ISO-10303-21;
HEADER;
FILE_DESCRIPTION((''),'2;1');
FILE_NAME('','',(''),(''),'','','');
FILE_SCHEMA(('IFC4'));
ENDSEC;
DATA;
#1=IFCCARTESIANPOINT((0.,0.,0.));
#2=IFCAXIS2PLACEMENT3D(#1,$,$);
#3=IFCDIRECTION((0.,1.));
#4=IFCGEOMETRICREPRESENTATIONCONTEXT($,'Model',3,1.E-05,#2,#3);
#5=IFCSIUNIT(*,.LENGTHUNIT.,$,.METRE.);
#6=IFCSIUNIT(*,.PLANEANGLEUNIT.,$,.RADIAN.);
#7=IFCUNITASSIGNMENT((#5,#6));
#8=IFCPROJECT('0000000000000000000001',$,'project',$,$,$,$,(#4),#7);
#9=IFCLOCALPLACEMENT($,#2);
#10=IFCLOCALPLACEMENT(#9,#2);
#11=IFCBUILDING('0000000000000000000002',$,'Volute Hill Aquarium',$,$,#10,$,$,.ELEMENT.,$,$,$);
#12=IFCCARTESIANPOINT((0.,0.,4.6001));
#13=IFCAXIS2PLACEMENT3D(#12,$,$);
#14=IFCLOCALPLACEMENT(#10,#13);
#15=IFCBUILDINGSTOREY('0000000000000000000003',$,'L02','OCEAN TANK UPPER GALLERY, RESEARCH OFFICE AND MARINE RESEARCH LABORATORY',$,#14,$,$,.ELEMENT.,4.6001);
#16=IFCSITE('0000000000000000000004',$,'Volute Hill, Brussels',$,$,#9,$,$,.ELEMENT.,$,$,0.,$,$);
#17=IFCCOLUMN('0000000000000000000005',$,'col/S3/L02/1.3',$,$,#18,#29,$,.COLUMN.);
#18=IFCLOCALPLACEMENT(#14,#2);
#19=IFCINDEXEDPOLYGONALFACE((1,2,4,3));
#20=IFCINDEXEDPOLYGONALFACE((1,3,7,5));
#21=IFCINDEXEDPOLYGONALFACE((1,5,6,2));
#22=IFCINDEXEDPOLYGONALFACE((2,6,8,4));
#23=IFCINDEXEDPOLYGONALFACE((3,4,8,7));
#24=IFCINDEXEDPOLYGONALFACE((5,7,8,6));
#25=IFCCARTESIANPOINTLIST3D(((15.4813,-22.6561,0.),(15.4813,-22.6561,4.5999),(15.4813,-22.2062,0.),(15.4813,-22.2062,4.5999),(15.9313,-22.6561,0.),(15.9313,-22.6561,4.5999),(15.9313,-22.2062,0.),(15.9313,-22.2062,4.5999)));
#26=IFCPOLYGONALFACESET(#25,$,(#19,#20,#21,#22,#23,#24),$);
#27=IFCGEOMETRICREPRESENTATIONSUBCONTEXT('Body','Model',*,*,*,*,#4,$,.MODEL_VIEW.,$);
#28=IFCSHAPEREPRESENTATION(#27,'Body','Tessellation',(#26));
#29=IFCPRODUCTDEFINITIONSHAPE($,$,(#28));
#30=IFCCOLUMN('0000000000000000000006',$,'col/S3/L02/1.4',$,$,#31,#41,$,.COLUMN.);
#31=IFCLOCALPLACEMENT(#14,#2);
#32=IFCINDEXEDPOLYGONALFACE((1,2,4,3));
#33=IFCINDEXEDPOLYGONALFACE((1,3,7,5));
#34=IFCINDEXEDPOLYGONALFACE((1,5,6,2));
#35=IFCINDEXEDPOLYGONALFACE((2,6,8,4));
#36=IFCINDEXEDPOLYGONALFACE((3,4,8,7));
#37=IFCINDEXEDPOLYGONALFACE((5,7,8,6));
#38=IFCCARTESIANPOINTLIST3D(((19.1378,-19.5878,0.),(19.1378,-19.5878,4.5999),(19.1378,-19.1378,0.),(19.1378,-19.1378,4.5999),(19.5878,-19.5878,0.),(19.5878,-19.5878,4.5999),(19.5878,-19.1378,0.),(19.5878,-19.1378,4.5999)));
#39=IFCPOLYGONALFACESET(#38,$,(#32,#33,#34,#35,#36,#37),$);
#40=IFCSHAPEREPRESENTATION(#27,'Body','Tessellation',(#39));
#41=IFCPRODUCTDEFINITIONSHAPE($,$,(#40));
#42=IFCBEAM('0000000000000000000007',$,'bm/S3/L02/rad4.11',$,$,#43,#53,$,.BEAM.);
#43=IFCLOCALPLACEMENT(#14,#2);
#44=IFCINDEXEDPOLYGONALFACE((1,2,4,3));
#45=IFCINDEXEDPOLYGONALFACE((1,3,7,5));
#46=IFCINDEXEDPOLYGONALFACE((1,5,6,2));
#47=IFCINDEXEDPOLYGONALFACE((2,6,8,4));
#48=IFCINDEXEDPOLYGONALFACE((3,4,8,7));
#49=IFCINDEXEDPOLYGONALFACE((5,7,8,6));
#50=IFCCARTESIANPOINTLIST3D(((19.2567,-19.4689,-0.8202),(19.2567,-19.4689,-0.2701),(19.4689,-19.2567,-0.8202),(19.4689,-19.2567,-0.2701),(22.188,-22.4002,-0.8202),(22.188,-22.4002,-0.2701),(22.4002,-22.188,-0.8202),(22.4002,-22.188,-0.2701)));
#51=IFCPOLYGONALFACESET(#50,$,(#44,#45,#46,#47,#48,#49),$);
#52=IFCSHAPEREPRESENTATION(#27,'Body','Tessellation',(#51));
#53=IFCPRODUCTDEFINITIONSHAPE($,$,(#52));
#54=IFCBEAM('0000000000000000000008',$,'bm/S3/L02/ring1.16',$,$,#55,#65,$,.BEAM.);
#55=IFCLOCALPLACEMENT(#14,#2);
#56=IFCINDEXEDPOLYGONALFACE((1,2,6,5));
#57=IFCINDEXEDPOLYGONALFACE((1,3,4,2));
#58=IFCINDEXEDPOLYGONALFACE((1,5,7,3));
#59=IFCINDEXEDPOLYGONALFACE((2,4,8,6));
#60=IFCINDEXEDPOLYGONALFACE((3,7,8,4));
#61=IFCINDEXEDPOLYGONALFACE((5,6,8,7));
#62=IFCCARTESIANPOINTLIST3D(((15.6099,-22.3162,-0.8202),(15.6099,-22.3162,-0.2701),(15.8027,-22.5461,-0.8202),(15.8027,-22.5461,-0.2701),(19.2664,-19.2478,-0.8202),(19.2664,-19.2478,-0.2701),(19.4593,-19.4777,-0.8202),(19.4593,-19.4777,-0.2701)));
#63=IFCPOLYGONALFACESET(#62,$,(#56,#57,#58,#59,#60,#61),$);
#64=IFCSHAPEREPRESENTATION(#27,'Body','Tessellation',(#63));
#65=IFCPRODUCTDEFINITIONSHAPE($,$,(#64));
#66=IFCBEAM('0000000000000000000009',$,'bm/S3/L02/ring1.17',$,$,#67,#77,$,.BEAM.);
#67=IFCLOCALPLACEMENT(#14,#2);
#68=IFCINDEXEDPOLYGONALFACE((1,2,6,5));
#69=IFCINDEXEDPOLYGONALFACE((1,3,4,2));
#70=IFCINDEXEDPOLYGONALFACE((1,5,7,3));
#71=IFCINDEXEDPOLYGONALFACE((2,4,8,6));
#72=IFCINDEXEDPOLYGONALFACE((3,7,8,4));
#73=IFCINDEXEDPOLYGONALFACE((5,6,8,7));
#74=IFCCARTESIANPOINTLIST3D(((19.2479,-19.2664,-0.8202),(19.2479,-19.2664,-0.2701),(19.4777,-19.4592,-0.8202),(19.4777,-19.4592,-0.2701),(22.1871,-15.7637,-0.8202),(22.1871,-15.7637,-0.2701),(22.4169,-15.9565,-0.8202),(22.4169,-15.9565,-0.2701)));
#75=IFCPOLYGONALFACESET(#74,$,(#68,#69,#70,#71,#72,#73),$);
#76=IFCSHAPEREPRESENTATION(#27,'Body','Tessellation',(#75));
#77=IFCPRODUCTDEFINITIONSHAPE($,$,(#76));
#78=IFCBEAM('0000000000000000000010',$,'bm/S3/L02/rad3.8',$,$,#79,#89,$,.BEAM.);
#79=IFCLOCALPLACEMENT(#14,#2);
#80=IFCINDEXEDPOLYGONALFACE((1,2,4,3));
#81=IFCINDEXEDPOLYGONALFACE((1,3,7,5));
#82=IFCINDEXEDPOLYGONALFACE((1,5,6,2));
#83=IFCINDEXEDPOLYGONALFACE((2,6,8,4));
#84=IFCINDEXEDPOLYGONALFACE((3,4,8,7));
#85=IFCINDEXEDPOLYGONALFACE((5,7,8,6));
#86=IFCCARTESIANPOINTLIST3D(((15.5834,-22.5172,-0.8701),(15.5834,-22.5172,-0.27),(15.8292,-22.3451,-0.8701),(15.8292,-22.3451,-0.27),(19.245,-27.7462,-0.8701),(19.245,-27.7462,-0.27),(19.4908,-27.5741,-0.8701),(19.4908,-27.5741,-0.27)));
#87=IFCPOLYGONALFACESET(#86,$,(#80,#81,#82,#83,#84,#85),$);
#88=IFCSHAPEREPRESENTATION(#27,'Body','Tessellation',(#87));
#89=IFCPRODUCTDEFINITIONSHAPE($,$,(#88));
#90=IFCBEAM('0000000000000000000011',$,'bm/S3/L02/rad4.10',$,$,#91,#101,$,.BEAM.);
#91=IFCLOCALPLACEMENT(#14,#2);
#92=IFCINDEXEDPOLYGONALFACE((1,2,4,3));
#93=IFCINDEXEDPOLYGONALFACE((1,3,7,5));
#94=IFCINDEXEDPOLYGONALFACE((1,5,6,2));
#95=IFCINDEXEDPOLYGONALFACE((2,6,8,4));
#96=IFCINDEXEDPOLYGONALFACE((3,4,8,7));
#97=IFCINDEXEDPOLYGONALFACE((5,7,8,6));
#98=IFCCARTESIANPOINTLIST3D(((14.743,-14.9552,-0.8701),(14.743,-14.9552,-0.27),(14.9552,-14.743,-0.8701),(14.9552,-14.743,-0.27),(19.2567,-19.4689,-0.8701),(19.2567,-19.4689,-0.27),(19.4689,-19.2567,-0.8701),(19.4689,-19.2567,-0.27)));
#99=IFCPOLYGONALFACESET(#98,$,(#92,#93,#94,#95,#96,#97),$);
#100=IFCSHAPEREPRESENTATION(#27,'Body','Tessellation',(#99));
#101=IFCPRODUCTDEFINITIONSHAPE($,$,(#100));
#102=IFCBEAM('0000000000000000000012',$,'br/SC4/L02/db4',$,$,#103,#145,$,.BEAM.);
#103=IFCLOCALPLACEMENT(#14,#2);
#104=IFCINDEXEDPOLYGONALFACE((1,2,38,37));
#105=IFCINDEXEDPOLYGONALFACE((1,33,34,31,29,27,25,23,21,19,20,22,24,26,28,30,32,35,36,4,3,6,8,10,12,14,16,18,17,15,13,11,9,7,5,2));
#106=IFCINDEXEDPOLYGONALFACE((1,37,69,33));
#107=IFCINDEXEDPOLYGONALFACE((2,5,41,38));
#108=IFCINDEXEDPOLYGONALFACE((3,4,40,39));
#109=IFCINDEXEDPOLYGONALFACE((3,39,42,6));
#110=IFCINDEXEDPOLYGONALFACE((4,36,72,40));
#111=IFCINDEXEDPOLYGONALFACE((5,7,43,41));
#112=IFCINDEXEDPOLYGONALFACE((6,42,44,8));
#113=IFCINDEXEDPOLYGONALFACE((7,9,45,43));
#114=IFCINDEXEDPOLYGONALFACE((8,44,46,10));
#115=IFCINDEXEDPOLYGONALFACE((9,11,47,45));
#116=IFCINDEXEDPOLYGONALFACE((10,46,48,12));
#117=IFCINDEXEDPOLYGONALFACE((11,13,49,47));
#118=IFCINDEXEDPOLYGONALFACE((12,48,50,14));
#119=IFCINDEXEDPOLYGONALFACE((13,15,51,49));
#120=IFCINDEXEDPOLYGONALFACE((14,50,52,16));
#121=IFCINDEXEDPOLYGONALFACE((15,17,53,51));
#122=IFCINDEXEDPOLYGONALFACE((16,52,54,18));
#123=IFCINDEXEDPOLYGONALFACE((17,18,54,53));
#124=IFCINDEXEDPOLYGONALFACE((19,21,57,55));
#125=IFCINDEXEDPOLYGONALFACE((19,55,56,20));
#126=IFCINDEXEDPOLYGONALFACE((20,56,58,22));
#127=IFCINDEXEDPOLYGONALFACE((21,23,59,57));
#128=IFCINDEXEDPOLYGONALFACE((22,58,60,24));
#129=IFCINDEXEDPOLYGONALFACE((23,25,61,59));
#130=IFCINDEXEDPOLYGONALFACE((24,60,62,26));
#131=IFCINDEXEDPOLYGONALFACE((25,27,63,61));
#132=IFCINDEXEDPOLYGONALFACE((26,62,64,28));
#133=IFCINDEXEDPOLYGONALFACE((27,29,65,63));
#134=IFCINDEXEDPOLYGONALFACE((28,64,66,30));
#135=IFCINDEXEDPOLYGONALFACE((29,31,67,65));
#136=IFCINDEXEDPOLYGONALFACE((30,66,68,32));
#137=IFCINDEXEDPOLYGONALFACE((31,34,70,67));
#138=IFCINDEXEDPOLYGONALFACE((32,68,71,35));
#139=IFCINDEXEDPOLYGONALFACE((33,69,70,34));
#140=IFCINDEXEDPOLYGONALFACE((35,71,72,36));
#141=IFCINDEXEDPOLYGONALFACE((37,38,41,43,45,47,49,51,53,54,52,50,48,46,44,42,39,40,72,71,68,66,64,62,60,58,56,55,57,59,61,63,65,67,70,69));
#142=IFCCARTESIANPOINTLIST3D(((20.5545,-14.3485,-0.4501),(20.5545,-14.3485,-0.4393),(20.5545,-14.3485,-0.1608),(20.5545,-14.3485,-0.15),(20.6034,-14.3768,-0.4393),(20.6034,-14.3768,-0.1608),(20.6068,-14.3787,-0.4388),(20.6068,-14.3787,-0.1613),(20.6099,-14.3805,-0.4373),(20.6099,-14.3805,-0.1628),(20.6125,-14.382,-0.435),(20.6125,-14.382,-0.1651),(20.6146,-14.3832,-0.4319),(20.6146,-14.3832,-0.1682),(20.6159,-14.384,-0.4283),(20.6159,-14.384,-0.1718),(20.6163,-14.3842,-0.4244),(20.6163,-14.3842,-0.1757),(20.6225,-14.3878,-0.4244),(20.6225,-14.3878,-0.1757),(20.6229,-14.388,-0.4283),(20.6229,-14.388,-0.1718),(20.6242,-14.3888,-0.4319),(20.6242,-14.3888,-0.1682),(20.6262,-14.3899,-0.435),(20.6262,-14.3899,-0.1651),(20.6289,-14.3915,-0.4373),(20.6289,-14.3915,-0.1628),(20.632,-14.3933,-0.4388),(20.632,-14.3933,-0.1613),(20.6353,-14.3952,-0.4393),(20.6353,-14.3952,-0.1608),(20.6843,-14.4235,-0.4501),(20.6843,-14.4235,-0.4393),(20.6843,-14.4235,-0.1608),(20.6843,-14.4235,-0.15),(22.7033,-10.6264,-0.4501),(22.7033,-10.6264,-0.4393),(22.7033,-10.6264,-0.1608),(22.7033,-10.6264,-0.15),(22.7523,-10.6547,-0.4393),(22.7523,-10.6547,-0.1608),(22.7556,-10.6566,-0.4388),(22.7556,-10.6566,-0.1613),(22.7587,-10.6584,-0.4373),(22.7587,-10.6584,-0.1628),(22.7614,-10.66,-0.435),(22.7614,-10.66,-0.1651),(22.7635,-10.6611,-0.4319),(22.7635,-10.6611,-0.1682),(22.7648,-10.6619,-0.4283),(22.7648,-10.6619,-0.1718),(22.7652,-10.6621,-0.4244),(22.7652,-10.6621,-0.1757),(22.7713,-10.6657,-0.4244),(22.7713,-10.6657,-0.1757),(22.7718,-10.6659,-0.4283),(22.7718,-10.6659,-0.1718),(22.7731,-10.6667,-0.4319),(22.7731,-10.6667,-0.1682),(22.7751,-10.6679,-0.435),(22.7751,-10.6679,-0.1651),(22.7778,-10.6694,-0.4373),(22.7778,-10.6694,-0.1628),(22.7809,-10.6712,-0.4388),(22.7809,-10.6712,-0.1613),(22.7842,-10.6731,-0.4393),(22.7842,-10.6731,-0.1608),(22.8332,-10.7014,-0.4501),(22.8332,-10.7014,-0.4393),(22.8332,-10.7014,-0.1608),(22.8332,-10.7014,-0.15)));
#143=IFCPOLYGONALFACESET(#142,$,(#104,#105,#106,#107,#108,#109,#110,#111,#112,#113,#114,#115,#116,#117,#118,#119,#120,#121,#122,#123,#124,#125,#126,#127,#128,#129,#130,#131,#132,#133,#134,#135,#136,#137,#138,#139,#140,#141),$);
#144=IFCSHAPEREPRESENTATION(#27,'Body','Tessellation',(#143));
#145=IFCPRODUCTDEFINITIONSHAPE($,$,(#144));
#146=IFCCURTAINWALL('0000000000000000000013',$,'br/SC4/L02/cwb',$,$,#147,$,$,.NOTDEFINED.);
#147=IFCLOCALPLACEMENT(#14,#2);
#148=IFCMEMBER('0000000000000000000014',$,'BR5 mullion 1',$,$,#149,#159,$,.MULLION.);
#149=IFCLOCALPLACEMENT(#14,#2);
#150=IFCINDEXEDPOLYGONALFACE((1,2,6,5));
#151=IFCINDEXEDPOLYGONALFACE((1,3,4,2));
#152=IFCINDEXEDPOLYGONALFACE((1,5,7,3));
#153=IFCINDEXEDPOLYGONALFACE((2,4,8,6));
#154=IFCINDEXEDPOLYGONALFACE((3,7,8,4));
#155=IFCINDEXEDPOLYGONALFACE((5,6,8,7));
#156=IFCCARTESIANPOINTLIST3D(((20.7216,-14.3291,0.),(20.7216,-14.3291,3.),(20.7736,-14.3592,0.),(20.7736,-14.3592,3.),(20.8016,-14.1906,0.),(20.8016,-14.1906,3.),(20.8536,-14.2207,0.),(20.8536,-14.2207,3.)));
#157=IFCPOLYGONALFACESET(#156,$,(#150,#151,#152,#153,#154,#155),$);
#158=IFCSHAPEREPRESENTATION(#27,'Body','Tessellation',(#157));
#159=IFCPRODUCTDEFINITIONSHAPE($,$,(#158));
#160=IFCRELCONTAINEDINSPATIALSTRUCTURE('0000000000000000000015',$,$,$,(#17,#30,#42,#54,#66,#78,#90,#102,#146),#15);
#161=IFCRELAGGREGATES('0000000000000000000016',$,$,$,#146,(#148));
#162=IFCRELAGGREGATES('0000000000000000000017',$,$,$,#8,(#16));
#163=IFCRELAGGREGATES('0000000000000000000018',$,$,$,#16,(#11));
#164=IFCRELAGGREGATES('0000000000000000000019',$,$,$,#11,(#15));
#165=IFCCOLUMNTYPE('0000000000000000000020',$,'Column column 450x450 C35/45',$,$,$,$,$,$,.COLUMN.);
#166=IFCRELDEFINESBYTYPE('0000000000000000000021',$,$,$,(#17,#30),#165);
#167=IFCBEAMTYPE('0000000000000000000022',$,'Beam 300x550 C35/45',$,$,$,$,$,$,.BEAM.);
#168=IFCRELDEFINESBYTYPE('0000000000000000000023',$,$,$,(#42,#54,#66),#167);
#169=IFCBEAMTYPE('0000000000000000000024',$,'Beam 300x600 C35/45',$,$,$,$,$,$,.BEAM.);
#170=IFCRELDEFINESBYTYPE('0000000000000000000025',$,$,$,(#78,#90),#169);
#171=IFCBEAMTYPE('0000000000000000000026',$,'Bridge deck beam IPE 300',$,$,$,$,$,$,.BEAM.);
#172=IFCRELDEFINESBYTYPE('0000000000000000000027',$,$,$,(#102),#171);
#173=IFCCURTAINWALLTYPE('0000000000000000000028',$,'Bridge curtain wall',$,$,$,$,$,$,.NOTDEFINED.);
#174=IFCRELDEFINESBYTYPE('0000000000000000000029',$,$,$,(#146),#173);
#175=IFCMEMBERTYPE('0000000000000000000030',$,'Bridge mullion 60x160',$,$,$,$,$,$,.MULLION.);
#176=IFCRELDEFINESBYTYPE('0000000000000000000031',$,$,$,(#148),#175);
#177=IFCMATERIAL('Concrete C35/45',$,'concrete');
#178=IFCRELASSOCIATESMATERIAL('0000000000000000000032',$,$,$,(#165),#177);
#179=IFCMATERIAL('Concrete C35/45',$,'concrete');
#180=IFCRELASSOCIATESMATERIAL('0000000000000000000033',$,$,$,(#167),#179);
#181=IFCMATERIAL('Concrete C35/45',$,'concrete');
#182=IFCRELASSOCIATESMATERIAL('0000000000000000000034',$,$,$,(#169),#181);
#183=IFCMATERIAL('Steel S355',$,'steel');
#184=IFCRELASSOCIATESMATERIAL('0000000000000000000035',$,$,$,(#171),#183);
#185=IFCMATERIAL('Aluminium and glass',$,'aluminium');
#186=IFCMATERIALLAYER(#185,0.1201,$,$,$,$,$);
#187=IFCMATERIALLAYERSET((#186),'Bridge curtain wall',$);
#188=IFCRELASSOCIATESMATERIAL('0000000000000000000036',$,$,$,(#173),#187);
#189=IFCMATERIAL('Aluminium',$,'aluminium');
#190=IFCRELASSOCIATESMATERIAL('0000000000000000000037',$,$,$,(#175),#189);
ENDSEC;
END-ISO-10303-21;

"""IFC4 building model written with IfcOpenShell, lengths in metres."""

from ifc_helpers import new_model, si_unit, direction, frame, origin, origin_2d, place, context, subcontext, project, spatial, rectangle, i_section, extrude, material, layer, layer_set, material_profile, profile_set, type_object, element, aggregate, save


model = new_model("IFC4")

# Units and contexts
model_context = context("Model", 3, precision=1e-05, world=origin(), true_north=direction((0.0, 1.0)))
body_context = subcontext(model_context, "Body", "Model", "MODEL_VIEW")
ifc_project = project(units=[si_unit("LENGTHUNIT", "METRE"), si_unit("PLANEANGLEUNIT", "RADIAN")], contexts=[model_context])

# Site, building, storey
site_placement = place(None, origin())
site = spatial("IfcSite", under=ifc_project, at=site_placement, Name="Volute Hill, Brussels", CompositionType="ELEMENT", RefElevation=0.0)
building_placement = place(site_placement, origin())
building = spatial("IfcBuilding", under=site, at=building_placement, Name="Volute Hill Aquarium", CompositionType="ELEMENT")
storey_placement = place(building_placement, frame((0.0, 0.0, 4.6001)))
storey = spatial("IfcBuildingStorey", under=building, at=storey_placement, Name="L02", Description="OCEAN TANK UPPER GALLERY, RESEARCH OFFICE AND MARINE RESEARCH LABORATORY", CompositionType="ELEMENT", Elevation=4.6001)

# Columns
ifc_material_1 = material(Name="Concrete C35/45", Category="concrete")
ifc_material_profile_1 = material_profile(ifc_material_1, rectangle(XDim=0.45, YDim=0.45, at=origin_2d()), Name="RC column 450x450")
ifc_profile_set_1 = profile_set([ifc_material_profile_1], Name="Concrete C35/45")
column_type = type_object("IfcColumnType", Name="Column column 450x450 C35/45", PredefinedType="COLUMN", material=ifc_profile_set_1)
for number, where, z_axis, x_axis, name in (
    (1, (15.7063, -22.4312, 0.0), (0.0, 0.0, 1.0), (1.0, 0.0, 0.0), "col/S3/L02/1.3"),
    (2, (19.3628, -19.3628, 0.0), (0.0, 0.0, 1.0), (1.0, 0.0, 0.0), "col/S3/L02/1.4"),
):
    element("IfcColumn", number, at=place(storey_placement, frame(where, z_axis=z_axis, x_axis=x_axis)), inside=storey, type_object=column_type, Name=name, PredefinedType="COLUMN", context=body_context, shape_type="SweptSolid", body=[
        extrude(rectangle(XDim=0.45, YDim=0.45, at=origin_2d()), origin(), (0.0, 0.0, 1.0), 4.5999),
    ])

# Beams
ifc_material_2 = material(Name="Concrete C35/45", Category="concrete")
ifc_material_profile_2 = material_profile(ifc_material_2, rectangle(XDim=0.3, YDim=0.55, at=origin_2d()), Name="RC beam 300x550")
ifc_profile_set_2 = profile_set([ifc_material_profile_2], Name="Concrete C35/45")
beam_type_1 = type_object("IfcBeamType", Name="Beam 300x550 C35/45", PredefinedType="BEAM", material=ifc_profile_set_2)
beam_1_placement = place(storey_placement, frame((19.3628, -19.3628, -0.5452), z_axis=(0.707107, -0.707107, 0.0), x_axis=(0.707107, 0.707107, 0.0)))
element("IfcBeam", 3, at=beam_1_placement, inside=storey, type_object=beam_type_1, Name="bm/S3/L02/rad4.11", PredefinedType="BEAM", context=body_context, shape_type="SweptSolid", body=[
    extrude(rectangle(XDim=0.3, YDim=0.55, at=origin_2d()), origin(), (0.0, 0.0, 1.0), 4.1455),
])
beam_2_placement = place(storey_placement, frame((15.7063, -22.4312, -0.5452), z_axis=(0.766024, 0.642812, 0.0), x_axis=(-0.642812, 0.766024, 0.0)))
element("IfcBeam", 4, at=beam_2_placement, inside=storey, type_object=beam_type_1, Name="bm/S3/L02/ring1.16", PredefinedType="BEAM", context=body_context, shape_type="SweptSolid", body=[
    extrude(rectangle(XDim=0.3, YDim=0.55, at=origin_2d()), origin(), (0.0, 0.0, 1.0), 4.7734),
])
beam_3_placement = place(storey_placement, frame((19.3628, -19.3628, -0.5452), z_axis=(0.642801, 0.766033, 0.0), x_axis=(-0.766033, 0.642801, 0.0)))
element("IfcBeam", 5, at=beam_3_placement, inside=storey, type_object=beam_type_1, Name="bm/S3/L02/ring1.17", PredefinedType="BEAM", context=body_context, shape_type="SweptSolid", body=[
    extrude(rectangle(XDim=0.3, YDim=0.55, at=origin_2d()), origin(), (0.0, 0.0, 1.0), 4.5725),
])
ifc_material_3 = material(Name="Concrete C35/45", Category="concrete")
ifc_material_profile_3 = material_profile(ifc_material_3, rectangle(XDim=0.3, YDim=0.6001, at=origin_2d()), Name="RC beam 300x600")
ifc_profile_set_3 = profile_set([ifc_material_profile_3], Name="Concrete C35/45")
beam_type_2 = type_object("IfcBeamType", Name="Beam 300x600 C35/45", PredefinedType="BEAM", material=ifc_profile_set_3)
beam_4_placement = place(storey_placement, frame((15.7063, -22.4312, -0.5701), z_axis=(0.573601, -0.819135, 0.0), x_axis=(0.819135, 0.573601, 0.0)))
element("IfcBeam", 6, at=beam_4_placement, inside=storey, type_object=beam_type_2, Name="bm/S3/L02/rad3.8", PredefinedType="BEAM", context=body_context, shape_type="SweptSolid", body=[
    extrude(rectangle(XDim=0.3, YDim=0.6001, at=origin_2d()), origin(), (0.0, 0.0, 1.0), 6.3835),
])
beam_5_placement = place(storey_placement, frame((14.8491, -14.8491, -0.5701), z_axis=(0.707107, -0.707107, 0.0), x_axis=(0.707107, 0.707107, 0.0)))
element("IfcBeam", 7, at=beam_5_placement, inside=storey, type_object=beam_type_2, Name="bm/S3/L02/rad4.10", PredefinedType="BEAM", context=body_context, shape_type="SweptSolid", body=[
    extrude(rectangle(XDim=0.3, YDim=0.6001, at=origin_2d()), origin(), (0.0, 0.0, 1.0), 6.3833),
])
ifc_material_4 = material(Name="Steel S355", Category="steel")
ifc_material_profile_4 = material_profile(ifc_material_4, i_section(OverallWidth=0.1499, OverallDepth=0.3, WebThickness=0.0071, FlangeThickness=0.0107, FilletRadius=0.0149, at=origin_2d()), Name="IPE 300")
ifc_profile_set_4 = profile_set([ifc_material_profile_4], Name="Steel S355")
beam_type_3 = type_object("IfcBeamType", Name="Bridge deck beam IPE 300", PredefinedType="BEAM", material=ifc_profile_set_4)
beam_6_placement = place(storey_placement, frame((20.6194, -14.386, -0.3), z_axis=(0.499988, 0.866032, 0.0), x_axis=(-0.866032, 0.499988, 0.0)))
element("IfcBeam", 8, at=beam_6_placement, inside=storey, type_object=beam_type_3, Name="br/SC4/L02/db4", PredefinedType="BEAM", context=body_context, shape_type="SweptSolid", body=[
    extrude(i_section(OverallWidth=0.1499, OverallDepth=0.3, WebThickness=0.0071, FlangeThickness=0.0107, FilletRadius=0.0149, at=origin_2d()), origin(), (0.0, 0.0, 1.0), 4.2979),
])

# Curtain wall, member
ifc_material_5 = material(Name="Aluminium and glass", Category="aluminium")
ifc_layer_1 = layer(ifc_material_5, 0.1201)
ifc_layer_set_1 = layer_set([ifc_layer_1], Name="Bridge curtain wall")
curtain_wall_type = type_object("IfcCurtainWallType", Name="Bridge curtain wall", PredefinedType="NOTDEFINED", material=ifc_layer_set_1)
curtain_wall_placement = place(storey_placement, origin())
curtain_wall = element("IfcCurtainWall", 9, at=curtain_wall_placement, inside=storey, type_object=curtain_wall_type, Name="br/SC4/L02/cwb", PredefinedType="NOTDEFINED")
ifc_material_6 = material(Name="Aluminium", Category="aluminium")
ifc_material_profile_5 = material_profile(ifc_material_6, rectangle(XDim=0.0601, YDim=0.1599, at=origin_2d()), Name="Aluminium mullion 60x160")
ifc_profile_set_5 = profile_set([ifc_material_profile_5], Name="Aluminium")
member_type_1 = type_object("IfcMemberType", Name="Bridge mullion 60x160", PredefinedType="MULLION", material=ifc_profile_set_5)
member_1_placement = place(storey_placement, frame((20.7876, -14.2749, 0.0), z_axis=(0.0, 0.0, 1.0), x_axis=(-0.866022, 0.500005, 0.0)))
member_1 = element("IfcMember", 10, at=member_1_placement, type_object=member_type_1, Name="BR5 mullion 1", PredefinedType="MULLION", context=body_context, shape_type="SweptSolid", body=[
    extrude(rectangle(XDim=0.0601, YDim=0.1599, at=origin_2d()), origin(), (0.0, 0.0, 1.0), 3.0),
])

aggregate(curtain_wall, [member_1])

save(model, "model.ifc")
